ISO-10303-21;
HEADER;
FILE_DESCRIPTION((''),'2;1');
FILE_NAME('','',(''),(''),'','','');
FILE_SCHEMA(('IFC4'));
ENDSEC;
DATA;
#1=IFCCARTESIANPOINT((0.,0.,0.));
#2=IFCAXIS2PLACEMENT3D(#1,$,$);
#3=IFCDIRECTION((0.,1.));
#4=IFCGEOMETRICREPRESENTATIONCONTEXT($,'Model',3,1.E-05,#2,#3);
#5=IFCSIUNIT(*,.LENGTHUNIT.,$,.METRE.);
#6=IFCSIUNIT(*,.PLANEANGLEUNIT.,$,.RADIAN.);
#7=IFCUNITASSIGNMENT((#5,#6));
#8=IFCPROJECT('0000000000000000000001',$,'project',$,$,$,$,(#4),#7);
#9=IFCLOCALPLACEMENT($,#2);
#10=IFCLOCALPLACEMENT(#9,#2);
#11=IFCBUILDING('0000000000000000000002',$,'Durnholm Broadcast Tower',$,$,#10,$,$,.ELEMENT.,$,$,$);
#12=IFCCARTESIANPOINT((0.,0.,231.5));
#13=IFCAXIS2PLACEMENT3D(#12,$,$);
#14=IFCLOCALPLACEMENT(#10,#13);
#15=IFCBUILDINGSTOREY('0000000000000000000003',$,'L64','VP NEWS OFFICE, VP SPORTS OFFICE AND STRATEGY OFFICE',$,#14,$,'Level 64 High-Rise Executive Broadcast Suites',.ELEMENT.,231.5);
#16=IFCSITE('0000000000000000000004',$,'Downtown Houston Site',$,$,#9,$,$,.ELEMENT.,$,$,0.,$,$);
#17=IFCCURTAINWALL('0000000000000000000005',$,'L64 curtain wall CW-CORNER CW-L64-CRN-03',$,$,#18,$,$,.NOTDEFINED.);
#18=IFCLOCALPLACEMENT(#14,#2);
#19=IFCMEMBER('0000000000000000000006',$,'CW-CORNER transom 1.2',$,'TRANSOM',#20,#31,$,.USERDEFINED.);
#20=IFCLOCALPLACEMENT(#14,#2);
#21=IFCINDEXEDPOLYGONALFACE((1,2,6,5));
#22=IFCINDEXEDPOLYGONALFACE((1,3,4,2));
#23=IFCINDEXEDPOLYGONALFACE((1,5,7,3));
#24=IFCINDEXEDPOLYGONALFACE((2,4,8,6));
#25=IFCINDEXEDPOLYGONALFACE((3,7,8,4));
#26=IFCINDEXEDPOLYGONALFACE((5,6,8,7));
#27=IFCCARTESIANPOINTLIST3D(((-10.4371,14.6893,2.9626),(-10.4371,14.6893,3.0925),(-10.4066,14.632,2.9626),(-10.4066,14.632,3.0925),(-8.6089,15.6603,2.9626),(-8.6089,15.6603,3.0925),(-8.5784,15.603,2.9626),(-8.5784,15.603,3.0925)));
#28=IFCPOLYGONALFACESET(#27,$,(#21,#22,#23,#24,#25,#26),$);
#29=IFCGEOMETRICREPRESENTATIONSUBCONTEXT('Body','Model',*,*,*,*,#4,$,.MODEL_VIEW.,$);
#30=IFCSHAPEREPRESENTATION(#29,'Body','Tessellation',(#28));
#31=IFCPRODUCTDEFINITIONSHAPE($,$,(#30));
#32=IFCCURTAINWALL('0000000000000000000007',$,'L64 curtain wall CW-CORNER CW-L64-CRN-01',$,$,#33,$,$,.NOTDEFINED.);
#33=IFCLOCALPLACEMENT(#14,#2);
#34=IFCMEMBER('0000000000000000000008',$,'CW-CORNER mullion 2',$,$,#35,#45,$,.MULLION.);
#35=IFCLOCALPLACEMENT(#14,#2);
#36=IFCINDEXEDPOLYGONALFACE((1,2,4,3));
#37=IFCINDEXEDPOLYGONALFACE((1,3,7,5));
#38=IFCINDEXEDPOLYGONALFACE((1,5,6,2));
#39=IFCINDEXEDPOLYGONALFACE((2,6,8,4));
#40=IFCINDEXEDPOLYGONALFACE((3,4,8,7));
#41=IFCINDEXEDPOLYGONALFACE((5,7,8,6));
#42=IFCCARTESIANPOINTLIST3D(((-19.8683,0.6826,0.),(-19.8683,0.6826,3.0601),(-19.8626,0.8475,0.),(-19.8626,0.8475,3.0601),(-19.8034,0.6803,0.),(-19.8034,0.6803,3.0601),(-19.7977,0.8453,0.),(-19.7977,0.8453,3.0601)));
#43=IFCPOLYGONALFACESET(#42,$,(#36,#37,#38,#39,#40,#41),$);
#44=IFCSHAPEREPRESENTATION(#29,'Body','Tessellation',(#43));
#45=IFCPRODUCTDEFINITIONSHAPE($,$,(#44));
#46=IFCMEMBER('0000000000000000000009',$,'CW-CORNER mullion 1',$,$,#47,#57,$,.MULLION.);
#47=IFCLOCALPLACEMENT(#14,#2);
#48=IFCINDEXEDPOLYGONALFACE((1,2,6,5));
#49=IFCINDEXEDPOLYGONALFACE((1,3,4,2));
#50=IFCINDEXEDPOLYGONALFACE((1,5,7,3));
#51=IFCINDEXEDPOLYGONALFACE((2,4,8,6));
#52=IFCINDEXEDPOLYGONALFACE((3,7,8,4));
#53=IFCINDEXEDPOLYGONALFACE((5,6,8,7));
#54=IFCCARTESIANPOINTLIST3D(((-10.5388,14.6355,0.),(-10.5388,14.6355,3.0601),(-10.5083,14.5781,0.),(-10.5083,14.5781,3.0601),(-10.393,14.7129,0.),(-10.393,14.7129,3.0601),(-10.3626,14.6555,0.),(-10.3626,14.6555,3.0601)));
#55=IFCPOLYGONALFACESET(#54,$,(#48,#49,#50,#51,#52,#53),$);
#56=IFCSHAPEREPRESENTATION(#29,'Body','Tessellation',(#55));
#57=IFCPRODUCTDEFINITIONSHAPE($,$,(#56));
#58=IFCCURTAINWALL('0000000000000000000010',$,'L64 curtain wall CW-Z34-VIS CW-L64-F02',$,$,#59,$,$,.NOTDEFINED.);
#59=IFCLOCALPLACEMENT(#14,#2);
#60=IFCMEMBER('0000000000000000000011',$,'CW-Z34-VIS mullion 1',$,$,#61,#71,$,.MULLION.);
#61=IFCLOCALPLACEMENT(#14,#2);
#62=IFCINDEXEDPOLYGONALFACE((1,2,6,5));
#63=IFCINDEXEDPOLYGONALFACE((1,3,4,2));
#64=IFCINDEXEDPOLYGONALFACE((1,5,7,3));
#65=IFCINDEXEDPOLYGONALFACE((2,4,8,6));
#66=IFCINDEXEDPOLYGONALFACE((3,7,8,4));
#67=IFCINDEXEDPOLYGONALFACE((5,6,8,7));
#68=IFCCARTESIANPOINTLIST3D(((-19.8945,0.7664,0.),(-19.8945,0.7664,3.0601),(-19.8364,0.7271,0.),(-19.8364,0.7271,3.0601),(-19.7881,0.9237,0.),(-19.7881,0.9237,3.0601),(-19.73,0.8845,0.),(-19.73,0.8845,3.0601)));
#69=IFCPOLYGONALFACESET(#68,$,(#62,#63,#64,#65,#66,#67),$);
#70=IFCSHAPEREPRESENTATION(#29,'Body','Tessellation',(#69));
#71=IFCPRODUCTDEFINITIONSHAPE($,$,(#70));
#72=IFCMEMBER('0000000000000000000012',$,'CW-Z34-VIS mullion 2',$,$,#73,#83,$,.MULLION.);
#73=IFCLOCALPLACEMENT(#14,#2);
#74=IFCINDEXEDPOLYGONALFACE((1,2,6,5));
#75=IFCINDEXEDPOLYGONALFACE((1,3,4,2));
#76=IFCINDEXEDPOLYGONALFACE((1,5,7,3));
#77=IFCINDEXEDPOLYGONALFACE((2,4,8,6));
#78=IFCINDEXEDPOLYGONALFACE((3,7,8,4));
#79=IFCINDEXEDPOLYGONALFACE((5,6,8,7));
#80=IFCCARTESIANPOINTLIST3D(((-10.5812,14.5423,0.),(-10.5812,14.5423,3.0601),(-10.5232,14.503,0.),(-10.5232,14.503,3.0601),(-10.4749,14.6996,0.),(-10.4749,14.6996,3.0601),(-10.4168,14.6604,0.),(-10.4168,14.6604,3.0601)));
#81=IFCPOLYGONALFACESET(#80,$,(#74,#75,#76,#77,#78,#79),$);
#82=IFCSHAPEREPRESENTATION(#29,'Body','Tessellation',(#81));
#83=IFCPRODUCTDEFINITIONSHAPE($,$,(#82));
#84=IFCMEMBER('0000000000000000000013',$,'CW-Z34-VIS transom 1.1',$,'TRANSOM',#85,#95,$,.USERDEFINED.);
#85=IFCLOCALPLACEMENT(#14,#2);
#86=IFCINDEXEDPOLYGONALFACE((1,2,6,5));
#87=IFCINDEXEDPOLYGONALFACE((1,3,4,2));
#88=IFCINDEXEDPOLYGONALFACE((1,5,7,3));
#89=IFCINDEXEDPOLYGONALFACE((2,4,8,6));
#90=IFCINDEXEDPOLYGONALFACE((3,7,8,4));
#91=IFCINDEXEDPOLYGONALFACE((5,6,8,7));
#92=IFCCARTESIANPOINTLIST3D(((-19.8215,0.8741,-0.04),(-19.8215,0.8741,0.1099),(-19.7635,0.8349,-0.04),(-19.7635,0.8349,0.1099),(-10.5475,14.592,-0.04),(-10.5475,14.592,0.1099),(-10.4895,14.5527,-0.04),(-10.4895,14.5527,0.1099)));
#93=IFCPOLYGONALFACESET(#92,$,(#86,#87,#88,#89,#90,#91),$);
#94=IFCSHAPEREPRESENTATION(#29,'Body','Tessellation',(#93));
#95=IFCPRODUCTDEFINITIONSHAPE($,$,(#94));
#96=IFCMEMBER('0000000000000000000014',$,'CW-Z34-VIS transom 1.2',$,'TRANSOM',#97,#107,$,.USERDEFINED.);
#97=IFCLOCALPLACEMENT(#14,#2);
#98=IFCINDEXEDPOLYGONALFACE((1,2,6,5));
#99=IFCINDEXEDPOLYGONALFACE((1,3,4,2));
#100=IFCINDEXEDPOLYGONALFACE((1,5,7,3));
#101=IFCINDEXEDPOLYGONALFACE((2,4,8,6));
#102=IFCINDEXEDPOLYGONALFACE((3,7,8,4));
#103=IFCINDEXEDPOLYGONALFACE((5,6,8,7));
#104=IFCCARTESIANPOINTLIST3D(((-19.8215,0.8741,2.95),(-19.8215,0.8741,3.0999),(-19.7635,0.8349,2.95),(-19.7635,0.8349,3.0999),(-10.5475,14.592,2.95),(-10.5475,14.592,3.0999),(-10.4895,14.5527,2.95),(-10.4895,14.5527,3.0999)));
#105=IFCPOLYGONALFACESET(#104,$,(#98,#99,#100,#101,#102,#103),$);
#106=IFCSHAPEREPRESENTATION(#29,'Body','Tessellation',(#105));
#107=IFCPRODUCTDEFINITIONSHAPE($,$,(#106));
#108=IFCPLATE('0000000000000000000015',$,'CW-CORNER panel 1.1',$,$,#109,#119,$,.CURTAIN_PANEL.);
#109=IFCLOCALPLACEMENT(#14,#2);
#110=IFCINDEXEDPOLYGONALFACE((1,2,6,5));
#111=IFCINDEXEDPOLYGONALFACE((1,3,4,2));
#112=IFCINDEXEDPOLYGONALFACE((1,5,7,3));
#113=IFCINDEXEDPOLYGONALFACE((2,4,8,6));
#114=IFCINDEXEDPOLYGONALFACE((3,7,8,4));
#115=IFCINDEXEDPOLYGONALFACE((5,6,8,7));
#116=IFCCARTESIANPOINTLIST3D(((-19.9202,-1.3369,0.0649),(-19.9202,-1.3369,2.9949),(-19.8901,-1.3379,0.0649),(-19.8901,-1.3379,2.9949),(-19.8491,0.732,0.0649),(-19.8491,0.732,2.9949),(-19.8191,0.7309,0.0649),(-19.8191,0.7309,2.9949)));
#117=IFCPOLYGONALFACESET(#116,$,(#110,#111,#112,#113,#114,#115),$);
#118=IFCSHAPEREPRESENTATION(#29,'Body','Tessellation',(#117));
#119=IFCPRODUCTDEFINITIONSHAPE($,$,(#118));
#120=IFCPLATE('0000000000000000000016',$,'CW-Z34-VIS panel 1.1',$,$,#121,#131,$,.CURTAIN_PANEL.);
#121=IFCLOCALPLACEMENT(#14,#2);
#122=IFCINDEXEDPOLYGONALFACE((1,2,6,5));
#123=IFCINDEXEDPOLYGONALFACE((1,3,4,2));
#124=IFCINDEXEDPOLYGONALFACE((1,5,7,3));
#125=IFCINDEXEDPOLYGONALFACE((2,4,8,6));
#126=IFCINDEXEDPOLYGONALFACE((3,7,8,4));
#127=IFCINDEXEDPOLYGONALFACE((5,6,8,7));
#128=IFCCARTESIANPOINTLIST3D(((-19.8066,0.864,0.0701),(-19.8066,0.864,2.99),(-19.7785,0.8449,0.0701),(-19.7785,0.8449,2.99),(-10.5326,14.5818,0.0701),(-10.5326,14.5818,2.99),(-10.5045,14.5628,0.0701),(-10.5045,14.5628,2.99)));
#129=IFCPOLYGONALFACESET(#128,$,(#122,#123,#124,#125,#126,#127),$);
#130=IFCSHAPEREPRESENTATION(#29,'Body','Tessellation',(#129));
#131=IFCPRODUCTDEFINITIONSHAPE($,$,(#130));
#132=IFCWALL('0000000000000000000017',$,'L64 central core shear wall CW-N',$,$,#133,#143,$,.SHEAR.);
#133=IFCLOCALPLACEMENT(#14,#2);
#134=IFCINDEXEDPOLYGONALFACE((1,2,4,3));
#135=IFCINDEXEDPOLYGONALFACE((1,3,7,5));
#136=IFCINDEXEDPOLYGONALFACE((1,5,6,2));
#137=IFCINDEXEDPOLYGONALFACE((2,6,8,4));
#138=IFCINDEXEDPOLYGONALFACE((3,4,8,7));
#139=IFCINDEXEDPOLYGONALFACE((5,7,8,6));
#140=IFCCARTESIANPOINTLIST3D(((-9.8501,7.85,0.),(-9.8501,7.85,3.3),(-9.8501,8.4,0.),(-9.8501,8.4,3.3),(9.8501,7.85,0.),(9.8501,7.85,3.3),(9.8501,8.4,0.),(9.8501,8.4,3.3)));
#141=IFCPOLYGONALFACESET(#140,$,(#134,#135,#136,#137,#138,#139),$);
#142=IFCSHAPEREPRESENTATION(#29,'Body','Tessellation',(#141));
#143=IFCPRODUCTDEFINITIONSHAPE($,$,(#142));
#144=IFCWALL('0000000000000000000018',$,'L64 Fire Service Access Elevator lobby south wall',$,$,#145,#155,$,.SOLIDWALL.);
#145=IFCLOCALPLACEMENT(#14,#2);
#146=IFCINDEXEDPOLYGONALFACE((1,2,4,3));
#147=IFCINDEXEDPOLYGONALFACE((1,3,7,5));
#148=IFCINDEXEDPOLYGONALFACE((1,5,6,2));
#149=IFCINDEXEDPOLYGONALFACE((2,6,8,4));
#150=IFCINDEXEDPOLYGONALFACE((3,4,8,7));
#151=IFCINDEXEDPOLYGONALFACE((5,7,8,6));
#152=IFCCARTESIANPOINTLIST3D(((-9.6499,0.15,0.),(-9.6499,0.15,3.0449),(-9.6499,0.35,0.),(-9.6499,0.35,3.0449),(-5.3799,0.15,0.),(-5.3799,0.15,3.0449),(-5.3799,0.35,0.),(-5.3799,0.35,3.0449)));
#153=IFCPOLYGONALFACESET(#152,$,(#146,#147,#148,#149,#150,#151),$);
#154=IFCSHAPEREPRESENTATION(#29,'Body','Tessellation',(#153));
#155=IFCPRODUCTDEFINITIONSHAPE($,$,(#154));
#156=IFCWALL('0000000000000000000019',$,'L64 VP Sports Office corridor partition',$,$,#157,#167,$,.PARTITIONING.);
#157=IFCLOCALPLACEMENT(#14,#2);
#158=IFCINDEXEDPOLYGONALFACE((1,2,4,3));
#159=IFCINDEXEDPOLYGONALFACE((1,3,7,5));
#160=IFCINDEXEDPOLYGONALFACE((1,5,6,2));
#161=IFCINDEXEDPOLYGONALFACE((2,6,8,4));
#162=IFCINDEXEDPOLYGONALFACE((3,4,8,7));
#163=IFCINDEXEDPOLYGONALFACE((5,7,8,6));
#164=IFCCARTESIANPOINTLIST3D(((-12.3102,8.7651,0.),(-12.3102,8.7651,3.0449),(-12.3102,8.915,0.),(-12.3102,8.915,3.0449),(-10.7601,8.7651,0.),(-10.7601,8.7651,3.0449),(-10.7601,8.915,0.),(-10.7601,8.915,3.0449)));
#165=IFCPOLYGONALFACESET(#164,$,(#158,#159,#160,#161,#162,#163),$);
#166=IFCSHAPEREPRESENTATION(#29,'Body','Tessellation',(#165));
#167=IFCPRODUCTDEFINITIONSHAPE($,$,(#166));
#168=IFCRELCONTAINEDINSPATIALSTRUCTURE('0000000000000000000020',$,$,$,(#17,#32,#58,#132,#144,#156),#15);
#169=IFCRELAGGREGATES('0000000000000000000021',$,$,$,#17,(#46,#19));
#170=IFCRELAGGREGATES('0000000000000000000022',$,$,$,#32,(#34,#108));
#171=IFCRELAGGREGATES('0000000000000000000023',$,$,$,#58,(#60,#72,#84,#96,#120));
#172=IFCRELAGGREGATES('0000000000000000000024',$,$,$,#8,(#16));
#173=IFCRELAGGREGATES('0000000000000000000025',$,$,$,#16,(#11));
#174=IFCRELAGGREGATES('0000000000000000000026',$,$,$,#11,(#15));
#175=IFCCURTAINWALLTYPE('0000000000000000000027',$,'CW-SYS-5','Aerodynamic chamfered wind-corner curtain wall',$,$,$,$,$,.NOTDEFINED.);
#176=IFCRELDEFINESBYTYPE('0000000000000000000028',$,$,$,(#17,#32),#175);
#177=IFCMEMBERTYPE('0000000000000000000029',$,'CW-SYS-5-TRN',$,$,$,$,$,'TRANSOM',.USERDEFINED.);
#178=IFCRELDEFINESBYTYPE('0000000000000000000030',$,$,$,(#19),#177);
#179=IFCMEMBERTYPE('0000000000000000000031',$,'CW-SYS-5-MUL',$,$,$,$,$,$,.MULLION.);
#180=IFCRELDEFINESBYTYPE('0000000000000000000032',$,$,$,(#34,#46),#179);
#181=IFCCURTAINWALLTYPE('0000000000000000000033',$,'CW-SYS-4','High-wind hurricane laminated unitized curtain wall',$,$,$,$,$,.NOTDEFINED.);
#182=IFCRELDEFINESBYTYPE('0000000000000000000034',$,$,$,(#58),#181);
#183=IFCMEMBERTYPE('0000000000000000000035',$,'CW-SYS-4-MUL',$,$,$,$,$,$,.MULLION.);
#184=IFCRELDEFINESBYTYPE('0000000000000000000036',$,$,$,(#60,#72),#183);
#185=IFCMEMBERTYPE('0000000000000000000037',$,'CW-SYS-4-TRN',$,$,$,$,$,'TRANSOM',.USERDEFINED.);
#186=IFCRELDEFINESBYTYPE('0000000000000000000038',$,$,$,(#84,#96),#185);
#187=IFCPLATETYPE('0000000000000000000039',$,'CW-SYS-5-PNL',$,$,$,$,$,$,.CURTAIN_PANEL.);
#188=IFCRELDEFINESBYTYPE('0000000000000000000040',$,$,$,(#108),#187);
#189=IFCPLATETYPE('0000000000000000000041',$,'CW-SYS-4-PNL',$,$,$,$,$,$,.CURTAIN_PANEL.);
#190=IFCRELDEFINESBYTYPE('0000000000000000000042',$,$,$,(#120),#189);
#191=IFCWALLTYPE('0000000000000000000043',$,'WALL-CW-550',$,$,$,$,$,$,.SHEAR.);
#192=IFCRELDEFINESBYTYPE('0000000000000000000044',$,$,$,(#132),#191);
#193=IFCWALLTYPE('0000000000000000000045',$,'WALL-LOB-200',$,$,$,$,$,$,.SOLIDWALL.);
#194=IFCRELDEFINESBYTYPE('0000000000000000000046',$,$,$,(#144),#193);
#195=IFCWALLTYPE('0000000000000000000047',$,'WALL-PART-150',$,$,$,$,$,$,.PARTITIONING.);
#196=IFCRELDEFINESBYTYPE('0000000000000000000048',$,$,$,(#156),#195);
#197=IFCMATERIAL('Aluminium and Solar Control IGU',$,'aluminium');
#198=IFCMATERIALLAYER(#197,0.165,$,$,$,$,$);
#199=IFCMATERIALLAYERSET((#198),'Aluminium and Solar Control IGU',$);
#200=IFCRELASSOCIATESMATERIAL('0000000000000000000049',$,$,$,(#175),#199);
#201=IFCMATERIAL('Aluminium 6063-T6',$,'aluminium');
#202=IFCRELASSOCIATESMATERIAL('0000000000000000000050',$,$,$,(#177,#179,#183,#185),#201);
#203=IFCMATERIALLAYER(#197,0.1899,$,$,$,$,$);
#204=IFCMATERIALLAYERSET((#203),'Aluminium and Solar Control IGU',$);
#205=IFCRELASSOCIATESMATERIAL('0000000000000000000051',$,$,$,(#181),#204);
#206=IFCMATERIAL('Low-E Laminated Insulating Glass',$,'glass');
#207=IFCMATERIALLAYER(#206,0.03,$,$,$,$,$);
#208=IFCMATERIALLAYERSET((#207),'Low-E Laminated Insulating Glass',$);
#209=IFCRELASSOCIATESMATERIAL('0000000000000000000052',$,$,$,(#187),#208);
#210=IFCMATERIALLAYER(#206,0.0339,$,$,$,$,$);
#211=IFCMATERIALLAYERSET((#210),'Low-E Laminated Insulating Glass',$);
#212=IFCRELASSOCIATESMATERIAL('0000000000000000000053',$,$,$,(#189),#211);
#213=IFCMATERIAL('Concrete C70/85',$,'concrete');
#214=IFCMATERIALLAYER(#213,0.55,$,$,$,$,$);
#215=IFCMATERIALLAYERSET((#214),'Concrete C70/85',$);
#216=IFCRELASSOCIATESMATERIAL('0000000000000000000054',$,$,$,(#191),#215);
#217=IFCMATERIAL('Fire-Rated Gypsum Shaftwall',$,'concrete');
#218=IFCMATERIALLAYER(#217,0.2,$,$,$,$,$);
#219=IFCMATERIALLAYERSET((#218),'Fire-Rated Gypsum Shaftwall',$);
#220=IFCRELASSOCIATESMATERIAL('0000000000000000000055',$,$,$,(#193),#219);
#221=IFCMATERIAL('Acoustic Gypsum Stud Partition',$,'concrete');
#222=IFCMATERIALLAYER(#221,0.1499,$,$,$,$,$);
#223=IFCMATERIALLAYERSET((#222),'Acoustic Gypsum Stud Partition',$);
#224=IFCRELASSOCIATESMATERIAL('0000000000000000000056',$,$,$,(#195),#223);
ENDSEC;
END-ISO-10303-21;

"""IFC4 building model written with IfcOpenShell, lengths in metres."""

from ifc_helpers import new_model, si_unit, direction, frame, frame_2d, origin, origin_2d, place, context, subcontext, project, spatial, rectangle, extrude, source, transform, mapped, material, layer, layer_set, material_profile, profile_set, type_object, type_shapes, element, aggregate, save


model = new_model("IFC4")

# Units and contexts
model_context = context("Model", 3, precision=1e-05, world=origin(), true_north=direction((0.0, 1.0)))
body_context = subcontext(model_context, "Body", "Model", "MODEL_VIEW")
ifc_project = project(units=[si_unit("LENGTHUNIT", "METRE"), si_unit("PLANEANGLEUNIT", "RADIAN")], contexts=[model_context])

# Site, building, storey
site_placement = place(None, origin())
site = spatial("IfcSite", under=ifc_project, at=site_placement, Name="Downtown Houston Site", CompositionType="ELEMENT", RefElevation=0.0)
building_placement = place(site_placement, origin())
building = spatial("IfcBuilding", under=site, at=building_placement, Name="Durnholm Broadcast Tower", CompositionType="ELEMENT")
storey_placement = place(building_placement, frame((0.0, 0.0, 231.5)))
storey = spatial("IfcBuildingStorey", under=building, at=storey_placement, Name="L64", Description="VP NEWS OFFICE, VP SPORTS OFFICE AND STRATEGY OFFICE", LongName="Level 64 High-Rise Executive Broadcast Suites", CompositionType="ELEMENT", Elevation=231.5)

# Shared definitions
ifc_material_1 = material(Name="Concrete C70/85", Category="concrete")

# Curtain wall, member
ifc_material_2 = material(Name="Aluminium and Solar Control IGU", Category="aluminium")
ifc_layer_1 = layer(ifc_material_2, 0.165)
ifc_layer_set_1 = layer_set([ifc_layer_1], Name="Aluminium and Solar Control IGU")
curtain_wall_type_1 = type_object("IfcCurtainWallType", Name="CW-SYS-5", Description="Aerodynamic chamfered wind-corner curtain wall", PredefinedType="NOTDEFINED", material=ifc_layer_set_1)
curtain_wall_1_placement = place(storey_placement, origin())
curtain_wall_1 = element("IfcCurtainWall", 1, at=curtain_wall_1_placement, inside=storey, type_object=curtain_wall_type_1, Name="L64 curtain wall CW-CORNER CW-L64-CRN-03", PredefinedType="NOTDEFINED")
ifc_material_3 = material(Name="Aluminium 6063-T6", Category="aluminium")
ifc_material_profile_1 = material_profile(ifc_material_3, rectangle(XDim=0.0649, YDim=0.1299, at=origin_2d()), Name="CWT65X130")
ifc_profile_set_1 = profile_set([ifc_material_profile_1], Name="Aluminium 6063-T6")
member_type_1 = type_object("IfcMemberType", Name="CW-SYS-5-TRN", ElementType="TRANSOM", PredefinedType="USERDEFINED", material=ifc_profile_set_1)
shared_shape_1 = source(origin(), body_context, "Body", "SweptSolid", [
    extrude(rectangle(XDim=0.0649, YDim=0.1299, at=origin_2d()), origin(), (0.0, 0.0, 1.0), 2.0701),
])
type_shapes(member_type_1, [shared_shape_1])
member_1_placement = place(storey_placement, frame((-10.4219, 14.6606, 3.0276), z_axis=(0.883165, 0.469063, 0.0), x_axis=(-0.469063, 0.883165, 0.0)))
member_1 = element("IfcMember", 2, at=member_1_placement, type_object=member_type_1, Name="CW-CORNER transom 1.2", ObjectType="TRANSOM", PredefinedType="USERDEFINED", context=body_context, shape_type="MappedRepresentation", body=[
    mapped(shared_shape_1, transform((0.0, 0.0, 0.0), x_axis=(1.0, 0.0, 0.0), y_axis=(0.0, 1.0, 0.0), z_axis=(0.0, 0.0, 1.0), scale=1.0)),
])

# Curtain wall, member
curtain_wall_2_placement = place(storey_placement, origin())
curtain_wall_2 = element("IfcCurtainWall", 3, at=curtain_wall_2_placement, inside=storey, type_object=curtain_wall_type_1, Name="L64 curtain wall CW-CORNER CW-L64-CRN-01", PredefinedType="NOTDEFINED")
ifc_material_profile_2 = material_profile(ifc_material_3, rectangle(XDim=0.0649, YDim=0.165, at=origin_2d()), Name="CWM65X165")
ifc_profile_set_2 = profile_set([ifc_material_profile_2], Name="Aluminium 6063-T6")
member_type_2 = type_object("IfcMemberType", Name="CW-SYS-5-MUL", PredefinedType="MULLION", material=ifc_profile_set_2)
shared_shape_2 = source(origin(), body_context, "Body", "SweptSolid", [
    extrude(rectangle(XDim=0.0649, YDim=0.165, at=origin_2d()), origin(), (0.0, 0.0, 1.0), 3.0601),
])
type_shapes(member_type_2, [shared_shape_2])
member_2_placement = place(storey_placement, frame((-19.833, 0.7639, 0.0), z_axis=(0.0, 0.0, 1.0), x_axis=(-0.999411, 0.034318, 0.0)))
member_2 = element("IfcMember", 4, at=member_2_placement, type_object=member_type_2, Name="CW-CORNER mullion 2", PredefinedType="MULLION", context=body_context, shape_type="MappedRepresentation", body=[
    mapped(shared_shape_2, transform((0.0, 0.0, 0.0), x_axis=(1.0, 0.0, 0.0), y_axis=(0.0, 1.0, 0.0), z_axis=(0.0, 0.0, 1.0), scale=1.0)),
])

# Member
member_3_placement = place(storey_placement, frame((-10.4507, 14.6455, 0.0), z_axis=(0.0, 0.0, 1.0), x_axis=(-0.469007, 0.883195, 0.0)))
member_3 = element("IfcMember", 5, at=member_3_placement, type_object=member_type_2, Name="CW-CORNER mullion 1", PredefinedType="MULLION", context=body_context, shape_type="MappedRepresentation", body=[
    mapped(shared_shape_2, transform((0.0, 0.0, 0.0), x_axis=(1.0, 0.0, 0.0), y_axis=(0.0, 1.0, 0.0), z_axis=(0.0, 0.0, 1.0), scale=1.0)),
])
aggregate(curtain_wall_1, [member_3, member_1])

# Curtain wall, members
ifc_layer_2 = layer(ifc_material_2, 0.1899)
ifc_layer_set_2 = layer_set([ifc_layer_2], Name="Aluminium and Solar Control IGU")
curtain_wall_type_2 = type_object("IfcCurtainWallType", Name="CW-SYS-4", Description="High-wind hurricane laminated unitized curtain wall", PredefinedType="NOTDEFINED", material=ifc_layer_set_2)
curtain_wall_3_placement = place(storey_placement, origin())
curtain_wall_3 = element("IfcCurtainWall", 6, at=curtain_wall_3_placement, inside=storey, type_object=curtain_wall_type_2, Name="L64 curtain wall CW-Z34-VIS CW-L64-F02", PredefinedType="NOTDEFINED")
ifc_material_profile_3 = material_profile(ifc_material_3, rectangle(XDim=0.0701, YDim=0.1899, at=origin_2d()), Name="CWM70X190")
ifc_profile_set_3 = profile_set([ifc_material_profile_3], Name="Aluminium 6063-T6")
member_type_3 = type_object("IfcMemberType", Name="CW-SYS-4-MUL", PredefinedType="MULLION", material=ifc_profile_set_3)
shared_shape_3 = source(origin(), body_context, "Body", "SweptSolid", [
    extrude(rectangle(XDim=0.0701, YDim=0.1899, at=origin_2d()), origin(), (0.0, 0.0, 1.0), 3.0601),
])
type_shapes(member_type_3, [shared_shape_3])
member_4_placement = place(storey_placement, frame((-19.8123, 0.8254, 0.0), z_axis=(0.0, 0.0, 1.0), x_axis=(-0.828443, 0.560073, 0.0)))
member_4 = element("IfcMember", 7, at=member_4_placement, type_object=member_type_3, Name="CW-Z34-VIS mullion 1", PredefinedType="MULLION", context=body_context, shape_type="MappedRepresentation", body=[
    mapped(shared_shape_3, transform((0.0, 0.0, 0.0), x_axis=(1.0, 0.0, 0.0), y_axis=(0.0, 1.0, 0.0), z_axis=(0.0, 0.0, 1.0), scale=1.0)),
])
member_5_placement = place(storey_placement, frame((-10.499, 14.6013, 0.0), z_axis=(0.0, 0.0, 1.0), x_axis=(-0.828443, 0.560073, 0.0)))
member_5 = element("IfcMember", 8, at=member_5_placement, type_object=member_type_3, Name="CW-Z34-VIS mullion 2", PredefinedType="MULLION", context=body_context, shape_type="MappedRepresentation", body=[
    mapped(shared_shape_3, transform((0.0, 0.0, 0.0), x_axis=(1.0, 0.0, 0.0), y_axis=(0.0, 1.0, 0.0), z_axis=(0.0, 0.0, 1.0), scale=1.0)),
])
ifc_material_profile_4 = material_profile(ifc_material_3, rectangle(XDim=0.0701, YDim=0.1499, at=origin_2d()), Name="CWT70X150")
ifc_profile_set_4 = profile_set([ifc_material_profile_4], Name="Aluminium 6063-T6")
member_type_4 = type_object("IfcMemberType", Name="CW-SYS-4-TRN", ElementType="TRANSOM", PredefinedType="USERDEFINED", material=ifc_profile_set_4)
shared_shape_4 = source(origin(), body_context, "Body", "SweptSolid", [
    extrude(rectangle(XDim=0.0701, YDim=0.1499, at=origin_2d()), origin(), (0.0, 0.0, 1.0), 16.5586),
])
type_shapes(member_type_4, [shared_shape_4])
member_6_placement = place(storey_placement, frame((-19.7925, 0.8545, 0.0349), z_axis=(0.560071, 0.828444, 0.0), x_axis=(-0.828444, 0.560071, 0.0)))
member_6 = element("IfcMember", 9, at=member_6_placement, type_object=member_type_4, Name="CW-Z34-VIS transom 1.1", ObjectType="TRANSOM", PredefinedType="USERDEFINED", context=body_context, shape_type="MappedRepresentation", body=[
    mapped(shared_shape_4, transform((0.0, 0.0, 0.0), x_axis=(1.0, 0.0, 0.0), y_axis=(0.0, 1.0, 0.0), z_axis=(0.0, 0.0, 1.0), scale=1.0)),
])
member_7_placement = place(storey_placement, frame((-19.7925, 0.8545, 3.0249), z_axis=(0.560071, 0.828444, 0.0), x_axis=(-0.828444, 0.560071, 0.0)))
member_7 = element("IfcMember", 10, at=member_7_placement, type_object=member_type_4, Name="CW-Z34-VIS transom 1.2", ObjectType="TRANSOM", PredefinedType="USERDEFINED", context=body_context, shape_type="MappedRepresentation", body=[
    mapped(shared_shape_4, transform((0.0, 0.0, 0.0), x_axis=(1.0, 0.0, 0.0), y_axis=(0.0, 1.0, 0.0), z_axis=(0.0, 0.0, 1.0), scale=1.0)),
])

# Plates
ifc_material_4 = material(Name="Low-E Laminated Insulating Glass", Category="glass")
ifc_layer_3 = layer(ifc_material_4, 0.03)
ifc_layer_set_3 = layer_set([ifc_layer_3], Name="Low-E Laminated Insulating Glass")
plate_type_1 = type_object("IfcPlateType", Name="CW-SYS-5-PNL", PredefinedType="CURTAIN_PANEL", material=ifc_layer_set_3)
shared_shape_5 = source(origin(), body_context, "Body", "SweptSolid", [
    extrude(rectangle(XDim=2.0701, YDim=0.03, at=origin_2d()), origin(), (0.0, 0.0, 1.0), 2.9299),
])
type_shapes(plate_type_1, [shared_shape_5])
plate_1_placement = place(storey_placement, frame((-19.8696, -0.303, 0.0649), z_axis=(0.0, 0.0, 1.0), x_axis=(0.034318, 0.999411, 0.0)))
plate_1 = element("IfcPlate", 11, at=plate_1_placement, type_object=plate_type_1, Name="CW-CORNER panel 1.1", PredefinedType="CURTAIN_PANEL", context=body_context, shape_type="MappedRepresentation", body=[
    mapped(shared_shape_5, transform((0.0, 0.0, 0.0), x_axis=(1.0, 0.0, 0.0), y_axis=(0.0, 1.0, 0.0), z_axis=(0.0, 0.0, 1.0), scale=1.0)),
])
aggregate(curtain_wall_2, [member_2, plate_1])
ifc_layer_4 = layer(ifc_material_4, 0.0339)
ifc_layer_set_4 = layer_set([ifc_layer_4], Name="Low-E Laminated Insulating Glass")
plate_type_2 = type_object("IfcPlateType", Name="CW-SYS-4-PNL", PredefinedType="CURTAIN_PANEL", material=ifc_layer_set_4)
shared_shape_6 = source(origin(), body_context, "Body", "SweptSolid", [
    extrude(rectangle(XDim=16.5586, YDim=0.0339, at=origin_2d()), origin(), (0.0, 0.0, 1.0), 2.9199),
])
type_shapes(plate_type_2, [shared_shape_6])
plate_2_placement = place(storey_placement, frame((-15.1555, 7.7134, 0.0701), z_axis=(0.0, 0.0, 1.0), x_axis=(0.560073, 0.828443, 0.0)))
plate_2 = element("IfcPlate", 12, at=plate_2_placement, type_object=plate_type_2, Name="CW-Z34-VIS panel 1.1", PredefinedType="CURTAIN_PANEL", context=body_context, shape_type="MappedRepresentation", body=[
    mapped(shared_shape_6, transform((0.0, 0.0, 0.0), x_axis=(1.0, 0.0, 0.0), y_axis=(0.0, 1.0, 0.0), z_axis=(0.0, 0.0, 1.0), scale=1.0)),
])
aggregate(curtain_wall_3, [member_4, member_5, member_6, member_7, plate_2])

# Walls
ifc_layer_5 = layer(ifc_material_1, 0.55)
ifc_layer_set_5 = layer_set([ifc_layer_5], Name="Concrete C70/85")
wall_type_1 = type_object("IfcWallType", Name="WALL-CW-550", PredefinedType="SHEAR", material=ifc_layer_set_5)
wall_1_placement = place(storey_placement, frame((-9.8501, 8.125, 0.0), z_axis=(0.0, 0.0, 1.0), x_axis=(1.0, 0.0, 0.0)))
element("IfcWall", 13, at=wall_1_placement, inside=storey, type_object=wall_type_1, Name="L64 central core shear wall CW-N", PredefinedType="SHEAR", context=body_context, shape_type="SweptSolid", body=[
    extrude(rectangle(XDim=19.7002, YDim=0.55, at=frame_2d((9.8501, 0.0))), origin(), (0.0, 0.0, 1.0), 3.3),
])
ifc_material_5 = material(Name="Fire-Rated Gypsum Shaftwall", Category="concrete")
ifc_layer_6 = layer(ifc_material_5, 0.2)
ifc_layer_set_6 = layer_set([ifc_layer_6], Name="Fire-Rated Gypsum Shaftwall")
wall_type_2 = type_object("IfcWallType", Name="WALL-LOB-200", PredefinedType="SOLIDWALL", material=ifc_layer_set_6)
wall_2_placement = place(storey_placement, frame((-9.6499, 0.25, 0.0), z_axis=(0.0, 0.0, 1.0), x_axis=(1.0, 0.0, 0.0)))
element("IfcWall", 14, at=wall_2_placement, inside=storey, type_object=wall_type_2, Name="L64 Fire Service Access Elevator lobby south wall", PredefinedType="SOLIDWALL", context=body_context, shape_type="SweptSolid", body=[
    extrude(rectangle(XDim=4.27, YDim=0.2, at=frame_2d((2.135, 0.0))), origin(), (0.0, 0.0, 1.0), 3.0449),
])
ifc_material_6 = material(Name="Acoustic Gypsum Stud Partition", Category="concrete")
ifc_layer_7 = layer(ifc_material_6, 0.1499)
ifc_layer_set_7 = layer_set([ifc_layer_7], Name="Acoustic Gypsum Stud Partition")
wall_type_3 = type_object("IfcWallType", Name="WALL-PART-150", PredefinedType="PARTITIONING", material=ifc_layer_set_7)
wall_3_placement = place(storey_placement, frame((-12.3101, 8.8401, 0.0), z_axis=(0.0, 0.0, 1.0), x_axis=(1.0, 0.0, 0.0)))
element("IfcWall", 15, at=wall_3_placement, inside=storey, type_object=wall_type_3, Name="L64 VP Sports Office corridor partition", PredefinedType="PARTITIONING", context=body_context, shape_type="SweptSolid", body=[
    extrude(rectangle(XDim=1.55, YDim=0.1499, at=frame_2d((0.7749, 0.0))), origin(), (0.0, 0.0, 1.0), 3.0449),
])

save(model, "model.ifc")
